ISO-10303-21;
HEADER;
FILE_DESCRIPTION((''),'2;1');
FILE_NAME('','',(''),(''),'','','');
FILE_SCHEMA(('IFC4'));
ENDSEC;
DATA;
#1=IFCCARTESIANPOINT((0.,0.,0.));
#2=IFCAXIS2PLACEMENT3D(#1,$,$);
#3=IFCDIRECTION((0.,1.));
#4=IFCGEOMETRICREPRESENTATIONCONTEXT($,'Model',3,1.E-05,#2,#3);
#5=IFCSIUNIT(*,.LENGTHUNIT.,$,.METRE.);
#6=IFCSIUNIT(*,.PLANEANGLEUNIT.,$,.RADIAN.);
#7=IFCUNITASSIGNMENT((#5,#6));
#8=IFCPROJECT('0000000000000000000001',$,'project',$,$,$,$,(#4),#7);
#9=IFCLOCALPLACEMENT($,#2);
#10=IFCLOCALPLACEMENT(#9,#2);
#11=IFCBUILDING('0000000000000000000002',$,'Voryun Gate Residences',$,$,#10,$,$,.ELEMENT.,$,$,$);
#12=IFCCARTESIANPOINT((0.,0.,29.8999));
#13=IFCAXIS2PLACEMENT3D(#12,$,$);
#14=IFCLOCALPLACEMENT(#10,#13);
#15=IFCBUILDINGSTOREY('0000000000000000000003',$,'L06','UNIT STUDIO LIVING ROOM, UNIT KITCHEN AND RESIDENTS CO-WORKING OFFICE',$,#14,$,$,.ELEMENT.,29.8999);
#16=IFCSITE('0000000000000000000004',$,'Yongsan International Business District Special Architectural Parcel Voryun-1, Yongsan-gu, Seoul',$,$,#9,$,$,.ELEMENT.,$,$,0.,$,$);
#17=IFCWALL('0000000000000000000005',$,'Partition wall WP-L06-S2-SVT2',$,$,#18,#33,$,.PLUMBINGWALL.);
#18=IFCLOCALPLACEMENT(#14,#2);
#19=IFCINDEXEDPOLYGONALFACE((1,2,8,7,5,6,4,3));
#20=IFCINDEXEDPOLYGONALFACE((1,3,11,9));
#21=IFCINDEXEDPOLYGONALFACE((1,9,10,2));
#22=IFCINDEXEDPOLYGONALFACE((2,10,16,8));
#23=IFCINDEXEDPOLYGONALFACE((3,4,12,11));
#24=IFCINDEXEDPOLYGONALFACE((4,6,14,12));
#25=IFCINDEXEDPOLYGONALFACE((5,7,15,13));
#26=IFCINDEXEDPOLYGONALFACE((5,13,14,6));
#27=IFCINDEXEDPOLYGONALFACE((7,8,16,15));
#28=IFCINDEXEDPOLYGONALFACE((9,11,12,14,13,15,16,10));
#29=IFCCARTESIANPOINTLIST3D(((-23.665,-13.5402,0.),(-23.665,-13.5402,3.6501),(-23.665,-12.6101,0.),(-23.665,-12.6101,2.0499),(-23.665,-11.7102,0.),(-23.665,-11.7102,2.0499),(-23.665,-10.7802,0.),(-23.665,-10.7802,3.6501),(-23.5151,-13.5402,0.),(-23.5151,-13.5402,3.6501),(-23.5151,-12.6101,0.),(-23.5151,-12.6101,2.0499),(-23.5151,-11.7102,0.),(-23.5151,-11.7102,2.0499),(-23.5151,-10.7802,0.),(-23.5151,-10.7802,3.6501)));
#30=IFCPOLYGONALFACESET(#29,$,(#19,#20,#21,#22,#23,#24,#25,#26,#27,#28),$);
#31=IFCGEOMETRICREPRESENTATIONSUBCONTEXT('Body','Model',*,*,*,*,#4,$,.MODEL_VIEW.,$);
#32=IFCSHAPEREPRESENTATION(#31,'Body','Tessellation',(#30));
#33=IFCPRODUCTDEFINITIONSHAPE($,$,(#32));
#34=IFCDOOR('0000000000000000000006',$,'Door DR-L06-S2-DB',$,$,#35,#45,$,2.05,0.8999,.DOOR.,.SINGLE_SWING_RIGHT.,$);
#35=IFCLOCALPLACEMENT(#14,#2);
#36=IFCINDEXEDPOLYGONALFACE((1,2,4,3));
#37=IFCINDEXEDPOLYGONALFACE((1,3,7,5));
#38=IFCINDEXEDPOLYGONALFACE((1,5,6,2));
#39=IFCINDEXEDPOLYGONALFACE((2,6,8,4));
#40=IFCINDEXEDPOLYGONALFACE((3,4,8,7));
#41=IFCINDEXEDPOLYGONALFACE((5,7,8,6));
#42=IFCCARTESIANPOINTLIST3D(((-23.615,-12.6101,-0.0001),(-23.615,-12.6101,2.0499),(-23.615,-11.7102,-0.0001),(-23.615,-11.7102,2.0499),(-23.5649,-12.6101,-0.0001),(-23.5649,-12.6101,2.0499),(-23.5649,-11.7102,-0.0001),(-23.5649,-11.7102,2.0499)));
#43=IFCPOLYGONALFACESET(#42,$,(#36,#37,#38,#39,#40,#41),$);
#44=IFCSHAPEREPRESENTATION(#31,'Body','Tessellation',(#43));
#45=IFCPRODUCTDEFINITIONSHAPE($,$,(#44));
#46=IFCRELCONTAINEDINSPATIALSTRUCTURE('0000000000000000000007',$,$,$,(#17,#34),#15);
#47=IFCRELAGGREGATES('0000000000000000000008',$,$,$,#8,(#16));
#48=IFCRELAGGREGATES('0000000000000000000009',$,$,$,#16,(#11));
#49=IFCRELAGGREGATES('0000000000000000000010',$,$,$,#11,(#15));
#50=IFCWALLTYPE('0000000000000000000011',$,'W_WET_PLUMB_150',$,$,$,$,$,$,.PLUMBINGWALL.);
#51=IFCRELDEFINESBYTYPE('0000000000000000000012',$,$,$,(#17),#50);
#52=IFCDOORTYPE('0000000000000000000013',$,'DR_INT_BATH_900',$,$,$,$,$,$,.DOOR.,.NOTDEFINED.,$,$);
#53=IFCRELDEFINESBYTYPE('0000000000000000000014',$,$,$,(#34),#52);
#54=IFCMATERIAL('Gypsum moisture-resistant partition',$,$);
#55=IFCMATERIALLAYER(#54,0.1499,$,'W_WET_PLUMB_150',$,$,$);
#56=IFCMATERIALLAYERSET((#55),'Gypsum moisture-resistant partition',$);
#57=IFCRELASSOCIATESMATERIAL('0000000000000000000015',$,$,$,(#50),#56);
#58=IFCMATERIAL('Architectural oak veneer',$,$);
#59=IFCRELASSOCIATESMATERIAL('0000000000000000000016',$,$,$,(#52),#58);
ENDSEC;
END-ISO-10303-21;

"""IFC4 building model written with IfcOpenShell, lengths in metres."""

from ifc_helpers import new_model, si_unit, direction, frame, frame_2d, origin, place, context, subcontext, project, spatial, rectangle, extrude, material, layer, layer_set, type_object, element, fill, save


model = new_model("IFC4")

# Units and contexts
model_context = context("Model", 3, precision=1e-05, world=origin(), true_north=direction((0.0, 1.0)))
body_context = subcontext(model_context, "Body", "Model", "MODEL_VIEW")
ifc_project = project(units=[si_unit("LENGTHUNIT", "METRE"), si_unit("PLANEANGLEUNIT", "RADIAN")], contexts=[model_context])

# Site, building, storey
site_placement = place(None, origin())
site = spatial("IfcSite", under=ifc_project, at=site_placement, Name="Yongsan International Business District Special Architectural Parcel Voryun-1, Yongsan-gu, Seoul", CompositionType="ELEMENT", RefElevation=0.0)
building_placement = place(site_placement, origin())
building = spatial("IfcBuilding", under=site, at=building_placement, Name="Voryun Gate Residences", CompositionType="ELEMENT")
storey_placement = place(building_placement, frame((0.0, 0.0, 29.8999)))
storey = spatial("IfcBuildingStorey", under=building, at=storey_placement, Name="L06", Description="UNIT STUDIO LIVING ROOM, UNIT KITCHEN AND RESIDENTS CO-WORKING OFFICE", CompositionType="ELEMENT", Elevation=29.8999)

# Wall, opening, door
ifc_material_1 = material(Name="Gypsum moisture-resistant partition")
ifc_layer_1 = layer(ifc_material_1, 0.1499, Name="W_WET_PLUMB_150")
ifc_layer_set_1 = layer_set([ifc_layer_1], Name="Gypsum moisture-resistant partition")
wall_type_1 = type_object("IfcWallType", Name="W_WET_PLUMB_150", PredefinedType="PLUMBINGWALL", material=ifc_layer_set_1)
wall_1_placement = place(storey_placement, frame((-23.5901, -13.54, 0.0), z_axis=(0.0, 0.0, 1.0), x_axis=(0.0, 1.0, 0.0)))
wall_1 = element("IfcWall", 1, at=wall_1_placement, inside=storey, type_object=wall_type_1, Name="Partition wall WP-L06-S2-SVT2", PredefinedType="PLUMBINGWALL", context=body_context, shape_type="SweptSolid", body=[
    extrude(rectangle(XDim=2.76, YDim=0.1499, at=frame_2d((1.3799, 0.0))), origin(), (0.0, 0.0, 1.0), 3.6501),
])
opening_placement = place(wall_1_placement, frame((0.9299, 0.0, 0.0)))
opening = element("IfcOpeningElement", 2, at=opening_placement, cuts=wall_1, PredefinedType="OPENING", context=body_context, shape_type="SweptSolid", body=[
    extrude(rectangle(XDim=0.8999, YDim=2.05, at=frame_2d((0.45, 1.0249))), frame((0.0, 0.085, 0.0), z_axis=(0.0, -1.0, 0.0), x_axis=(1.0, 0.0, 0.0)), (0.0, 0.0, 1.0), 0.1699),
])
ifc_material_2 = material(Name="Architectural oak veneer")
door_type = type_object("IfcDoorType", Name="DR_INT_BATH_900", OperationType="NOTDEFINED", PredefinedType="DOOR", material=ifc_material_2)
door_placement = place(opening_placement, origin())
door = element("IfcDoor", 3, at=door_placement, inside=storey, type_object=door_type, Name="Door DR-L06-S2-DB", OperationType="SINGLE_SWING_RIGHT", OverallHeight=2.05, OverallWidth=0.8999, PredefinedType="DOOR", context=body_context, shape_type="SweptSolid", body=[
    extrude(rectangle(XDim=0.8999, YDim=2.05, at=frame_2d((0.45, 1.0249))), frame((0.0, 0.0249, 0.0), z_axis=(0.0, -1.0, 0.0), x_axis=(1.0, 0.0, 0.0)), (0.0, 0.0, 1.0), 0.05),
])
fill(opening, door)

save(model, "model.ifc")
